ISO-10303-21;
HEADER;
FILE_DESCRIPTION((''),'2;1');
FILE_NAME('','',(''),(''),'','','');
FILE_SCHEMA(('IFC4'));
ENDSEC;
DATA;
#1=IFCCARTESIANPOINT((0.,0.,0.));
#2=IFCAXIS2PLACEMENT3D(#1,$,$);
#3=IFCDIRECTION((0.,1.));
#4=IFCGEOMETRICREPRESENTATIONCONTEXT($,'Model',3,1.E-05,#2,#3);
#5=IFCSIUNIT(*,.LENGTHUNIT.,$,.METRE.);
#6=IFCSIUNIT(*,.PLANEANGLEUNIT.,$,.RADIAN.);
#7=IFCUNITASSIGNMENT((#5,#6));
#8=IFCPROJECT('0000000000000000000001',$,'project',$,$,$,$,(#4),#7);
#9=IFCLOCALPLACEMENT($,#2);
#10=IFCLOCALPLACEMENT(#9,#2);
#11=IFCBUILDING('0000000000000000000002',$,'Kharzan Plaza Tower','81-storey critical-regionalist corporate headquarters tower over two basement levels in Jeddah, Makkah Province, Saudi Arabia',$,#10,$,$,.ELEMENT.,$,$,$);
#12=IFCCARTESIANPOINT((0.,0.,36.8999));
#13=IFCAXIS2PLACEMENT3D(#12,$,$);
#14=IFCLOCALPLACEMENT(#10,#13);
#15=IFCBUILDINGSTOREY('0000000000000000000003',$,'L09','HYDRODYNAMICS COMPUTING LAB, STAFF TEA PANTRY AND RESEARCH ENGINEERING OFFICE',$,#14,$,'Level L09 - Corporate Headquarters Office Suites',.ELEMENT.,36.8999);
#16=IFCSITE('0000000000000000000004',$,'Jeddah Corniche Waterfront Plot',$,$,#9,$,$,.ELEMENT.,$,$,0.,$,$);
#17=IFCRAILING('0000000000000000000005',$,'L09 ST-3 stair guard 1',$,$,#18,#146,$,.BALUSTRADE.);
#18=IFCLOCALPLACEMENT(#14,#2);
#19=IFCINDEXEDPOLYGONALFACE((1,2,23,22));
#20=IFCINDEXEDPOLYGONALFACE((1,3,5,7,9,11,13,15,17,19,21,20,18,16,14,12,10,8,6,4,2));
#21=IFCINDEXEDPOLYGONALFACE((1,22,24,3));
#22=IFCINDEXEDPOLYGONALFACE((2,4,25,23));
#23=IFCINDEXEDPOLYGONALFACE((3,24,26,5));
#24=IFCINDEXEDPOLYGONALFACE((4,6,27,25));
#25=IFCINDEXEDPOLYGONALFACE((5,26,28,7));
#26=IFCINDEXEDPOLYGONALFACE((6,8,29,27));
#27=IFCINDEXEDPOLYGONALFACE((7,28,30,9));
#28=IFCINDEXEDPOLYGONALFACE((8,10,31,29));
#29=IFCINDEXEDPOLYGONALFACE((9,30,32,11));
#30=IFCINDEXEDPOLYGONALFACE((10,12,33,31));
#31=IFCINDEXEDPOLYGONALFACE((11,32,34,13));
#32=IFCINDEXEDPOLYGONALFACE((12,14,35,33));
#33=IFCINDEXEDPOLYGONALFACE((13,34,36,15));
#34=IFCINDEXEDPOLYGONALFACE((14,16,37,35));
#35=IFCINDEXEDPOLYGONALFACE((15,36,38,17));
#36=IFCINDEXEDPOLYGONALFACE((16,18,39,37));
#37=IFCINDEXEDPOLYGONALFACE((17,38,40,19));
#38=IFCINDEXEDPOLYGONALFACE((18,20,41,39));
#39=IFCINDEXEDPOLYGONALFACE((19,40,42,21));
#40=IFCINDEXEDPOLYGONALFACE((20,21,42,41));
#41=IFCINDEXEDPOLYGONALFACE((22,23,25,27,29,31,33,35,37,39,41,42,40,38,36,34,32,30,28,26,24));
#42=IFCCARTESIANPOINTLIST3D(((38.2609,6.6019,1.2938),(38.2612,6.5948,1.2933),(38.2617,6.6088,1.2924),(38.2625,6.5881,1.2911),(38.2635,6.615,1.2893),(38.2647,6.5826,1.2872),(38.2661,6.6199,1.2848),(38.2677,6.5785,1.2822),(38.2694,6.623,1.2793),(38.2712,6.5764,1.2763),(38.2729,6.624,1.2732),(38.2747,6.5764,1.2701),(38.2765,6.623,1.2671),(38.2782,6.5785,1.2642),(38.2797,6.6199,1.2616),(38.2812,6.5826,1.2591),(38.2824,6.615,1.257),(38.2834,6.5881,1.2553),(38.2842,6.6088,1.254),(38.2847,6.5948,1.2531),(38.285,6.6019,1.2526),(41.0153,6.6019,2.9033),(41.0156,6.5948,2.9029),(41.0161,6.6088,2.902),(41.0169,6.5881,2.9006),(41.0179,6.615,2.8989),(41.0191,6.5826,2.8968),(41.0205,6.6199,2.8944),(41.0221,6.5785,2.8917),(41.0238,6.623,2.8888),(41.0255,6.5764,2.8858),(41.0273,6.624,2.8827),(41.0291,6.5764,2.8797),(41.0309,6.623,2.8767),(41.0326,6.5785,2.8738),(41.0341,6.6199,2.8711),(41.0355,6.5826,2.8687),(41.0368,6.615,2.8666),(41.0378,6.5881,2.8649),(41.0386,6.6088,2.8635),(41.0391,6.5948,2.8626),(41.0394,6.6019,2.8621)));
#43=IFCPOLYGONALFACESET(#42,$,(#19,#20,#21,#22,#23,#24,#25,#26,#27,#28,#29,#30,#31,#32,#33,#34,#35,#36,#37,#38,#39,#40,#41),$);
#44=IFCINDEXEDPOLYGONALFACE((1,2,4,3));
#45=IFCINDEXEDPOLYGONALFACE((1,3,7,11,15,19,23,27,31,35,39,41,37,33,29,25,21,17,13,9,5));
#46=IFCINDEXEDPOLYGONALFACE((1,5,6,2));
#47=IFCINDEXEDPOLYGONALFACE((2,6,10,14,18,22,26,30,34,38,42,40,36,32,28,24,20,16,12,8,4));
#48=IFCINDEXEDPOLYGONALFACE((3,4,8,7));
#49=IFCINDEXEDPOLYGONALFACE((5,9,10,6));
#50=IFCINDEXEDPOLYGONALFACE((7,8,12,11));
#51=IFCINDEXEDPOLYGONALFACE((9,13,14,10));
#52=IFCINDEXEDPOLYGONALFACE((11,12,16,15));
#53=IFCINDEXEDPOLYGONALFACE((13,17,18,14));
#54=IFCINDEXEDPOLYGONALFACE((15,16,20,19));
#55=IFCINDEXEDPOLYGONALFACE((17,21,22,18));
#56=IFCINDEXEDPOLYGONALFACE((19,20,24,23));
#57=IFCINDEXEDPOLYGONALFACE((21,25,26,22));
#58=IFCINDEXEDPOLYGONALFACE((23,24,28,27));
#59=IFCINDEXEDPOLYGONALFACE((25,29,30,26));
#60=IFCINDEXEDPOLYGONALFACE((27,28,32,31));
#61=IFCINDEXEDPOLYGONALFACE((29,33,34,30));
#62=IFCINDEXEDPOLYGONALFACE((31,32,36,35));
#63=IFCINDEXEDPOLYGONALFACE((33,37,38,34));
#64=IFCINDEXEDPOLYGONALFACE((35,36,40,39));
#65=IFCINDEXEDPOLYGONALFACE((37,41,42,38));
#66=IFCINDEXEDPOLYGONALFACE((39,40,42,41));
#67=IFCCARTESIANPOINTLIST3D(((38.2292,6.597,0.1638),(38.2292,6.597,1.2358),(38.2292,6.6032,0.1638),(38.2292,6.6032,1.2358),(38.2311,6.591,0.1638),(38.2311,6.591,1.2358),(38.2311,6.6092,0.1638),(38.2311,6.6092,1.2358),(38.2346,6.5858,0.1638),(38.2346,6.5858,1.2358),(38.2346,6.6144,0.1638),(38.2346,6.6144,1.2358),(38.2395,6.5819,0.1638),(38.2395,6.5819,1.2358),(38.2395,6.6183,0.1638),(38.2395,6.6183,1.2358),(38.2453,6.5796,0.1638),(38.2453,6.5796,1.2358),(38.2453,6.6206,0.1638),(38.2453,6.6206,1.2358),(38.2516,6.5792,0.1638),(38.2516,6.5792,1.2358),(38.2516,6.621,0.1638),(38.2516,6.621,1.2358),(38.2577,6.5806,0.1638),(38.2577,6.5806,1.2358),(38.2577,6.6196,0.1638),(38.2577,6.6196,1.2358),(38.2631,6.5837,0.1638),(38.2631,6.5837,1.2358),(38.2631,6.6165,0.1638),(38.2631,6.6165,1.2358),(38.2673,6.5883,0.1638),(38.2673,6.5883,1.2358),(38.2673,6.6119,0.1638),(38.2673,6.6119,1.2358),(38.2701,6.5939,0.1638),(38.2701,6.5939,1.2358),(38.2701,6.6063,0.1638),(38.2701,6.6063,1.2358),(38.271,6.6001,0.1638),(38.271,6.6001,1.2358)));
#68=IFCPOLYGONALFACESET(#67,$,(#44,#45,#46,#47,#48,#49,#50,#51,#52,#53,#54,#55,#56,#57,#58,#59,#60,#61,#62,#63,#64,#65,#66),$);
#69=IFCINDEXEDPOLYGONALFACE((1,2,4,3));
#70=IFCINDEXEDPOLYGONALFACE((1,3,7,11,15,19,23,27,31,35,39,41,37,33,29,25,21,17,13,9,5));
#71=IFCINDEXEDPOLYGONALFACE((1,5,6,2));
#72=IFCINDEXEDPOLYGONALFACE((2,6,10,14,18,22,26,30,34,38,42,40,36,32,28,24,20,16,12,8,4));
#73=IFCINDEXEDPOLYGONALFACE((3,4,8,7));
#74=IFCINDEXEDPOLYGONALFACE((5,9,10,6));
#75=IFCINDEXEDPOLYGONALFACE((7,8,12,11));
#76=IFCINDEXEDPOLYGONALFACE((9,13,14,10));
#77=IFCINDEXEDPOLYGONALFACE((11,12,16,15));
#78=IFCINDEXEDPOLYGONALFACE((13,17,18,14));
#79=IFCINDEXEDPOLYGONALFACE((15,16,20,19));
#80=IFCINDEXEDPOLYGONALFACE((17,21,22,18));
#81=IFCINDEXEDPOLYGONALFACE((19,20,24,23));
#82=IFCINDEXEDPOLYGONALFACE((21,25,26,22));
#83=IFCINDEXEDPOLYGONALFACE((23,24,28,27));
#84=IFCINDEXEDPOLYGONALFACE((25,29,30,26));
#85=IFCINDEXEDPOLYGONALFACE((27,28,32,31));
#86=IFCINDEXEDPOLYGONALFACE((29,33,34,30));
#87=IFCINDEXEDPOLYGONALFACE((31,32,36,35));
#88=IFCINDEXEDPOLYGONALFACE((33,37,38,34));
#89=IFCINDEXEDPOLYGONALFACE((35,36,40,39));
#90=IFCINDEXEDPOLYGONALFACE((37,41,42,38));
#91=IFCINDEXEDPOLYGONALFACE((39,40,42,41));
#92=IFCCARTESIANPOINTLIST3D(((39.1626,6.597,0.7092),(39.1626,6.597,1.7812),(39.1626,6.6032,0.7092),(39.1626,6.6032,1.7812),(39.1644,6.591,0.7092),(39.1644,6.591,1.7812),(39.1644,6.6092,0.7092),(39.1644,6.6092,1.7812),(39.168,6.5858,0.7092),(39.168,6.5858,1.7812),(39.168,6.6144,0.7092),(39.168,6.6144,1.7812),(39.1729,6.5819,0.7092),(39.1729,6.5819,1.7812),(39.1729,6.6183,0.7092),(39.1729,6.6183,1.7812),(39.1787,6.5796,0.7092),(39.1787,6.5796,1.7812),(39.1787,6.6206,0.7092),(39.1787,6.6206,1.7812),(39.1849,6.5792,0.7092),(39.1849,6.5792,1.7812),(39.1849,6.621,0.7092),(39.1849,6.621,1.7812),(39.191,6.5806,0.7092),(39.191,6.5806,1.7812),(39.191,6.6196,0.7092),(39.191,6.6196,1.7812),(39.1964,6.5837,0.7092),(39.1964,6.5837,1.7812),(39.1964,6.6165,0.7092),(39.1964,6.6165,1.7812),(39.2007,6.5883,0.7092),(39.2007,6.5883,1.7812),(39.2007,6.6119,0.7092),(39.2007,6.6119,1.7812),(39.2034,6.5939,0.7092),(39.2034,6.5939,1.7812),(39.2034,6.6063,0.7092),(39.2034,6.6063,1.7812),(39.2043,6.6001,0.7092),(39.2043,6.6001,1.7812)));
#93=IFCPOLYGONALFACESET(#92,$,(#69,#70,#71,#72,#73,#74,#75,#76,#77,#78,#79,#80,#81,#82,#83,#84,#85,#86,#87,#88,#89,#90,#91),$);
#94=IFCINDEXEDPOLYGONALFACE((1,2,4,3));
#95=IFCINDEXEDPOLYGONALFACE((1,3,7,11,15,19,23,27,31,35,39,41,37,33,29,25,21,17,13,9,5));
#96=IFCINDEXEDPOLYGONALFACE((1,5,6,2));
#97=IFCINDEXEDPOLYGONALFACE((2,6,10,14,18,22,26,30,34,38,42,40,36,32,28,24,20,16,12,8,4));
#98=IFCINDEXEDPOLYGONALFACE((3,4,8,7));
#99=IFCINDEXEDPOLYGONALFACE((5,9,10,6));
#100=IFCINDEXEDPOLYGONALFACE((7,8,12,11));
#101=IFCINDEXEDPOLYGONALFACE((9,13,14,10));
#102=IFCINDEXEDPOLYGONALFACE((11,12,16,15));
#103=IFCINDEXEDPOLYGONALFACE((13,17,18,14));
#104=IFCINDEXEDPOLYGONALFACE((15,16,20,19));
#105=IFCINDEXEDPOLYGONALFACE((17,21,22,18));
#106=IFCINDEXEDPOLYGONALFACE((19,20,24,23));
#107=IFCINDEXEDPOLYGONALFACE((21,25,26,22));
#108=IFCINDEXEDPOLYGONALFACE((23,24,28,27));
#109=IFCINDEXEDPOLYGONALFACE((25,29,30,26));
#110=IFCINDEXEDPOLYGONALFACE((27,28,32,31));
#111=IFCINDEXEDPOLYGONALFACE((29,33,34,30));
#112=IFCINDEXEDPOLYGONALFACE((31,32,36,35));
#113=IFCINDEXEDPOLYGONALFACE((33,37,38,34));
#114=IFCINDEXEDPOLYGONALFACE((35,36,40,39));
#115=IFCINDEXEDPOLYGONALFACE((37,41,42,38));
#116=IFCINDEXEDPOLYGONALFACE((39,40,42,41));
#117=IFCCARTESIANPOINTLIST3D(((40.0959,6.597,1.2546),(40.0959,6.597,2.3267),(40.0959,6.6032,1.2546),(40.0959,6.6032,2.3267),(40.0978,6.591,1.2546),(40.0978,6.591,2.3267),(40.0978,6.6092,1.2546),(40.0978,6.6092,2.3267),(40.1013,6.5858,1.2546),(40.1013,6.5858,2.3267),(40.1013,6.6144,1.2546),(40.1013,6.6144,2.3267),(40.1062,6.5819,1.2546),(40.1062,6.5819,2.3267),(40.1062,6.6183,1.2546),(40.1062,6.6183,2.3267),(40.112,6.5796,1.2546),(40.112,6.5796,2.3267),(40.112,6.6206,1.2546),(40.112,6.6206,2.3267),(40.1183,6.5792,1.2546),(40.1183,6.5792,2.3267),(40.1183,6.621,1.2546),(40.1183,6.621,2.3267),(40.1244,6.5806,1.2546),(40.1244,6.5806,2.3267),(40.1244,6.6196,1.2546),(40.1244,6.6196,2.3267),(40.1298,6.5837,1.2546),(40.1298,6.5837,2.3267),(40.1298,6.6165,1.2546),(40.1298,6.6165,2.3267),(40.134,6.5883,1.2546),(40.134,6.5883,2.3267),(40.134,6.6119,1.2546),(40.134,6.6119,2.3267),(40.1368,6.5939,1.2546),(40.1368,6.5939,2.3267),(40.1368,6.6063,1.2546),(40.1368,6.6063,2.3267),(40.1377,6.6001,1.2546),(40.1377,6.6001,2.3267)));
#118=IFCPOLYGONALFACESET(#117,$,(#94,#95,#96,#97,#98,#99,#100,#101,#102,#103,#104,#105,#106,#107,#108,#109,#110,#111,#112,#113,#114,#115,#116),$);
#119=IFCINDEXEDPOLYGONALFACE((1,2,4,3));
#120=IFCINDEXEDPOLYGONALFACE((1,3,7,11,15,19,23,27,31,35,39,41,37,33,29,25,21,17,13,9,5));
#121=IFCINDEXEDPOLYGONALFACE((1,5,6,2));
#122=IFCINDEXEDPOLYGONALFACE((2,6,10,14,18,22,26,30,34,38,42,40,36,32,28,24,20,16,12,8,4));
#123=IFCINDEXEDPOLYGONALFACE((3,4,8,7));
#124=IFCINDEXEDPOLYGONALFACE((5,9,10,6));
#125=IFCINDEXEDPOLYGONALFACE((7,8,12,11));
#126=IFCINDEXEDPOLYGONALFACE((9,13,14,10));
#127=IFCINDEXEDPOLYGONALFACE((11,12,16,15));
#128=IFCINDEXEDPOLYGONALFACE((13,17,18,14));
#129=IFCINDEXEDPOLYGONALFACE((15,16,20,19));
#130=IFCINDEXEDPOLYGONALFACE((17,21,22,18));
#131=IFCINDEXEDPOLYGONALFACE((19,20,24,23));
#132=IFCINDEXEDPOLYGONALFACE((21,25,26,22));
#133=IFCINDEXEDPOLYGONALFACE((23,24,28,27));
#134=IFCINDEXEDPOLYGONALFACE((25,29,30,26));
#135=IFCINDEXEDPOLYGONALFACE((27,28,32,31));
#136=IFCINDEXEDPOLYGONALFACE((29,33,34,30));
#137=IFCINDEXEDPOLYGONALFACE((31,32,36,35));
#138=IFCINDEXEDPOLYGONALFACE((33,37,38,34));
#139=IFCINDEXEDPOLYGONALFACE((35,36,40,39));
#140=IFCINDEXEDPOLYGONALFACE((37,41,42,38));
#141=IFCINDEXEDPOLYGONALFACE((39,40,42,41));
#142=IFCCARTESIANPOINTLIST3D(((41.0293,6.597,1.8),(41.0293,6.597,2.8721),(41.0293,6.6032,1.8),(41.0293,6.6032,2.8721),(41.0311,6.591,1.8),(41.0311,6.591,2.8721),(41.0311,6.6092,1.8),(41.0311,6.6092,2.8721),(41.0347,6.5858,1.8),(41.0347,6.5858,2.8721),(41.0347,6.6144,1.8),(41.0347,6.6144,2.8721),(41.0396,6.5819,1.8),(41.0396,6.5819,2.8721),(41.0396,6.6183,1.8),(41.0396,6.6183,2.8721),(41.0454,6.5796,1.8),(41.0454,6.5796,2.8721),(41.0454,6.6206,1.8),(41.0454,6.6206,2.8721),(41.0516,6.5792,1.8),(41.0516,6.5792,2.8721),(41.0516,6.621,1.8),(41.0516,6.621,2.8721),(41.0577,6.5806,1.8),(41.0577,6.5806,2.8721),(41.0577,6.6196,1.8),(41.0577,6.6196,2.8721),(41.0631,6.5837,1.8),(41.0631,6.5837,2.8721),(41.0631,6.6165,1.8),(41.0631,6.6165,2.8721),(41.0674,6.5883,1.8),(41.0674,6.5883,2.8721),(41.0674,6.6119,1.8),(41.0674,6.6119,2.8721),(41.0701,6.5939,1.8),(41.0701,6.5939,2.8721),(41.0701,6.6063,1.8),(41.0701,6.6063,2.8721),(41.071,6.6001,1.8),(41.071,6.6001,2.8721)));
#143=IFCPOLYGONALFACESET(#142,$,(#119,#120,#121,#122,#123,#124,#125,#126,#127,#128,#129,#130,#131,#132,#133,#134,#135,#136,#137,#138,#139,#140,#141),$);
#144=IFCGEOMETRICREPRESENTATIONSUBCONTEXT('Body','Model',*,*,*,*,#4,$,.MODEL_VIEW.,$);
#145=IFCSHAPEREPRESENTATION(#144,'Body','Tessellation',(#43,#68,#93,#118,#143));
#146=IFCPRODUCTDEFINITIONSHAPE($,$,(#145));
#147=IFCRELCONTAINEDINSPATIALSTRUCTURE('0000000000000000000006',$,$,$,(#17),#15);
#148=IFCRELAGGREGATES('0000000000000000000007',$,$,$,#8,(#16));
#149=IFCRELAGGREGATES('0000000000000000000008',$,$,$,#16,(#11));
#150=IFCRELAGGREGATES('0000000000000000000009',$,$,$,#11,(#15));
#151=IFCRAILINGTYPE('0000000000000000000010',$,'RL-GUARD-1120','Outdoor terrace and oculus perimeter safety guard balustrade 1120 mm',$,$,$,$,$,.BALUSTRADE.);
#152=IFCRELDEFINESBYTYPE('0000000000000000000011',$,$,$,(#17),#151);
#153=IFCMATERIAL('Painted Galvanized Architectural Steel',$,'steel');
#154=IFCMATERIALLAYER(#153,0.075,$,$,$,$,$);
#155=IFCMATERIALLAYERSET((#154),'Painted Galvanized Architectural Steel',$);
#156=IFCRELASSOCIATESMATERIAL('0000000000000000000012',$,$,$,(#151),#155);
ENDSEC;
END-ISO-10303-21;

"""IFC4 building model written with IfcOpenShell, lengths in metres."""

from ifc_helpers import new_model, si_unit, direction, frame, origin, origin_2d, place, context, subcontext, project, spatial, circle, extrude, source, transform, mapped, material, layer, layer_set, type_object, element, save


model = new_model("IFC4")

# Units and contexts
model_context = context("Model", 3, precision=1e-05, world=origin(), true_north=direction((0.0, 1.0)))
body_context = subcontext(model_context, "Body", "Model", "MODEL_VIEW")
ifc_project = project(units=[si_unit("LENGTHUNIT", "METRE"), si_unit("PLANEANGLEUNIT", "RADIAN")], contexts=[model_context])

# Site, building, storey
site_placement = place(None, origin())
site = spatial("IfcSite", under=ifc_project, at=site_placement, Name="Jeddah Corniche Waterfront Plot", CompositionType="ELEMENT", RefElevation=0.0)
building_placement = place(site_placement, origin())
building = spatial("IfcBuilding", under=site, at=building_placement, Name="Kharzan Plaza Tower", Description="81-storey critical-regionalist corporate headquarters tower over two basement levels in Jeddah, Makkah Province, Saudi Arabia", CompositionType="ELEMENT")
storey_placement = place(building_placement, frame((0.0, 0.0, 36.8999)))
storey = spatial("IfcBuildingStorey", under=building, at=storey_placement, Name="L09", Description="HYDRODYNAMICS COMPUTING LAB, STAFF TEA PANTRY AND RESEARCH ENGINEERING OFFICE", LongName="Level L09 - Corporate Headquarters Office Suites", CompositionType="ELEMENT", Elevation=36.8999)

# Railing
ifc_material_1 = material(Name="Painted Galvanized Architectural Steel", Category="steel")
ifc_layer_1 = layer(ifc_material_1, 0.075)
ifc_layer_set_1 = layer_set([ifc_layer_1], Name="Painted Galvanized Architectural Steel")
railing_type_1 = type_object("IfcRailingType", Name="RL-GUARD-1120", Description="Outdoor terrace and oculus perimeter safety guard balustrade 1120 mm", PredefinedType="BALUSTRADE", material=ifc_layer_set_1)
shared_shape_1 = source(origin(), body_context, "Body", "SweptSolid", [
    extrude(circle(Radius=0.0239, at=origin_2d()), frame((0.0229, 0.0, 1.1094), z_axis=(0.863394, 0.0, 0.504531), x_axis=(0.0, 1.0, 0.0)), (0.0, 0.0, 1.0), 3.1902),
    extrude(circle(Radius=0.021, at=origin_2d()), origin(), (0.0, 0.0, 1.0), 1.072),
    extrude(circle(Radius=0.021, at=origin_2d()), frame((0.9333, 0.0, 0.5454)), (0.0, 0.0, 1.0), 1.072),
    extrude(circle(Radius=0.021, at=origin_2d()), frame((1.8667, 0.0, 1.0908)), (0.0, 0.0, 1.0), 1.072),
    extrude(circle(Radius=0.021, at=origin_2d()), frame((2.8, 0.0, 1.6362)), (0.0, 0.0, 1.0), 1.072),
])
railing_1_placement = place(storey_placement, frame((38.25, 6.6001, 0.1638)))
element("IfcRailing", 1, at=railing_1_placement, inside=storey, type_object=railing_type_1, Name="L09 ST-3 stair guard 1", PredefinedType="BALUSTRADE", context=body_context, shape_type="MappedRepresentation", body=[
    mapped(shared_shape_1, transform((0.0, 0.0, 0.0), x_axis=(1.0, 0.0, 0.0), y_axis=(0.0, 1.0, 0.0), z_axis=(0.0, 0.0, 1.0))),
])

save(model, "model.ifc")
